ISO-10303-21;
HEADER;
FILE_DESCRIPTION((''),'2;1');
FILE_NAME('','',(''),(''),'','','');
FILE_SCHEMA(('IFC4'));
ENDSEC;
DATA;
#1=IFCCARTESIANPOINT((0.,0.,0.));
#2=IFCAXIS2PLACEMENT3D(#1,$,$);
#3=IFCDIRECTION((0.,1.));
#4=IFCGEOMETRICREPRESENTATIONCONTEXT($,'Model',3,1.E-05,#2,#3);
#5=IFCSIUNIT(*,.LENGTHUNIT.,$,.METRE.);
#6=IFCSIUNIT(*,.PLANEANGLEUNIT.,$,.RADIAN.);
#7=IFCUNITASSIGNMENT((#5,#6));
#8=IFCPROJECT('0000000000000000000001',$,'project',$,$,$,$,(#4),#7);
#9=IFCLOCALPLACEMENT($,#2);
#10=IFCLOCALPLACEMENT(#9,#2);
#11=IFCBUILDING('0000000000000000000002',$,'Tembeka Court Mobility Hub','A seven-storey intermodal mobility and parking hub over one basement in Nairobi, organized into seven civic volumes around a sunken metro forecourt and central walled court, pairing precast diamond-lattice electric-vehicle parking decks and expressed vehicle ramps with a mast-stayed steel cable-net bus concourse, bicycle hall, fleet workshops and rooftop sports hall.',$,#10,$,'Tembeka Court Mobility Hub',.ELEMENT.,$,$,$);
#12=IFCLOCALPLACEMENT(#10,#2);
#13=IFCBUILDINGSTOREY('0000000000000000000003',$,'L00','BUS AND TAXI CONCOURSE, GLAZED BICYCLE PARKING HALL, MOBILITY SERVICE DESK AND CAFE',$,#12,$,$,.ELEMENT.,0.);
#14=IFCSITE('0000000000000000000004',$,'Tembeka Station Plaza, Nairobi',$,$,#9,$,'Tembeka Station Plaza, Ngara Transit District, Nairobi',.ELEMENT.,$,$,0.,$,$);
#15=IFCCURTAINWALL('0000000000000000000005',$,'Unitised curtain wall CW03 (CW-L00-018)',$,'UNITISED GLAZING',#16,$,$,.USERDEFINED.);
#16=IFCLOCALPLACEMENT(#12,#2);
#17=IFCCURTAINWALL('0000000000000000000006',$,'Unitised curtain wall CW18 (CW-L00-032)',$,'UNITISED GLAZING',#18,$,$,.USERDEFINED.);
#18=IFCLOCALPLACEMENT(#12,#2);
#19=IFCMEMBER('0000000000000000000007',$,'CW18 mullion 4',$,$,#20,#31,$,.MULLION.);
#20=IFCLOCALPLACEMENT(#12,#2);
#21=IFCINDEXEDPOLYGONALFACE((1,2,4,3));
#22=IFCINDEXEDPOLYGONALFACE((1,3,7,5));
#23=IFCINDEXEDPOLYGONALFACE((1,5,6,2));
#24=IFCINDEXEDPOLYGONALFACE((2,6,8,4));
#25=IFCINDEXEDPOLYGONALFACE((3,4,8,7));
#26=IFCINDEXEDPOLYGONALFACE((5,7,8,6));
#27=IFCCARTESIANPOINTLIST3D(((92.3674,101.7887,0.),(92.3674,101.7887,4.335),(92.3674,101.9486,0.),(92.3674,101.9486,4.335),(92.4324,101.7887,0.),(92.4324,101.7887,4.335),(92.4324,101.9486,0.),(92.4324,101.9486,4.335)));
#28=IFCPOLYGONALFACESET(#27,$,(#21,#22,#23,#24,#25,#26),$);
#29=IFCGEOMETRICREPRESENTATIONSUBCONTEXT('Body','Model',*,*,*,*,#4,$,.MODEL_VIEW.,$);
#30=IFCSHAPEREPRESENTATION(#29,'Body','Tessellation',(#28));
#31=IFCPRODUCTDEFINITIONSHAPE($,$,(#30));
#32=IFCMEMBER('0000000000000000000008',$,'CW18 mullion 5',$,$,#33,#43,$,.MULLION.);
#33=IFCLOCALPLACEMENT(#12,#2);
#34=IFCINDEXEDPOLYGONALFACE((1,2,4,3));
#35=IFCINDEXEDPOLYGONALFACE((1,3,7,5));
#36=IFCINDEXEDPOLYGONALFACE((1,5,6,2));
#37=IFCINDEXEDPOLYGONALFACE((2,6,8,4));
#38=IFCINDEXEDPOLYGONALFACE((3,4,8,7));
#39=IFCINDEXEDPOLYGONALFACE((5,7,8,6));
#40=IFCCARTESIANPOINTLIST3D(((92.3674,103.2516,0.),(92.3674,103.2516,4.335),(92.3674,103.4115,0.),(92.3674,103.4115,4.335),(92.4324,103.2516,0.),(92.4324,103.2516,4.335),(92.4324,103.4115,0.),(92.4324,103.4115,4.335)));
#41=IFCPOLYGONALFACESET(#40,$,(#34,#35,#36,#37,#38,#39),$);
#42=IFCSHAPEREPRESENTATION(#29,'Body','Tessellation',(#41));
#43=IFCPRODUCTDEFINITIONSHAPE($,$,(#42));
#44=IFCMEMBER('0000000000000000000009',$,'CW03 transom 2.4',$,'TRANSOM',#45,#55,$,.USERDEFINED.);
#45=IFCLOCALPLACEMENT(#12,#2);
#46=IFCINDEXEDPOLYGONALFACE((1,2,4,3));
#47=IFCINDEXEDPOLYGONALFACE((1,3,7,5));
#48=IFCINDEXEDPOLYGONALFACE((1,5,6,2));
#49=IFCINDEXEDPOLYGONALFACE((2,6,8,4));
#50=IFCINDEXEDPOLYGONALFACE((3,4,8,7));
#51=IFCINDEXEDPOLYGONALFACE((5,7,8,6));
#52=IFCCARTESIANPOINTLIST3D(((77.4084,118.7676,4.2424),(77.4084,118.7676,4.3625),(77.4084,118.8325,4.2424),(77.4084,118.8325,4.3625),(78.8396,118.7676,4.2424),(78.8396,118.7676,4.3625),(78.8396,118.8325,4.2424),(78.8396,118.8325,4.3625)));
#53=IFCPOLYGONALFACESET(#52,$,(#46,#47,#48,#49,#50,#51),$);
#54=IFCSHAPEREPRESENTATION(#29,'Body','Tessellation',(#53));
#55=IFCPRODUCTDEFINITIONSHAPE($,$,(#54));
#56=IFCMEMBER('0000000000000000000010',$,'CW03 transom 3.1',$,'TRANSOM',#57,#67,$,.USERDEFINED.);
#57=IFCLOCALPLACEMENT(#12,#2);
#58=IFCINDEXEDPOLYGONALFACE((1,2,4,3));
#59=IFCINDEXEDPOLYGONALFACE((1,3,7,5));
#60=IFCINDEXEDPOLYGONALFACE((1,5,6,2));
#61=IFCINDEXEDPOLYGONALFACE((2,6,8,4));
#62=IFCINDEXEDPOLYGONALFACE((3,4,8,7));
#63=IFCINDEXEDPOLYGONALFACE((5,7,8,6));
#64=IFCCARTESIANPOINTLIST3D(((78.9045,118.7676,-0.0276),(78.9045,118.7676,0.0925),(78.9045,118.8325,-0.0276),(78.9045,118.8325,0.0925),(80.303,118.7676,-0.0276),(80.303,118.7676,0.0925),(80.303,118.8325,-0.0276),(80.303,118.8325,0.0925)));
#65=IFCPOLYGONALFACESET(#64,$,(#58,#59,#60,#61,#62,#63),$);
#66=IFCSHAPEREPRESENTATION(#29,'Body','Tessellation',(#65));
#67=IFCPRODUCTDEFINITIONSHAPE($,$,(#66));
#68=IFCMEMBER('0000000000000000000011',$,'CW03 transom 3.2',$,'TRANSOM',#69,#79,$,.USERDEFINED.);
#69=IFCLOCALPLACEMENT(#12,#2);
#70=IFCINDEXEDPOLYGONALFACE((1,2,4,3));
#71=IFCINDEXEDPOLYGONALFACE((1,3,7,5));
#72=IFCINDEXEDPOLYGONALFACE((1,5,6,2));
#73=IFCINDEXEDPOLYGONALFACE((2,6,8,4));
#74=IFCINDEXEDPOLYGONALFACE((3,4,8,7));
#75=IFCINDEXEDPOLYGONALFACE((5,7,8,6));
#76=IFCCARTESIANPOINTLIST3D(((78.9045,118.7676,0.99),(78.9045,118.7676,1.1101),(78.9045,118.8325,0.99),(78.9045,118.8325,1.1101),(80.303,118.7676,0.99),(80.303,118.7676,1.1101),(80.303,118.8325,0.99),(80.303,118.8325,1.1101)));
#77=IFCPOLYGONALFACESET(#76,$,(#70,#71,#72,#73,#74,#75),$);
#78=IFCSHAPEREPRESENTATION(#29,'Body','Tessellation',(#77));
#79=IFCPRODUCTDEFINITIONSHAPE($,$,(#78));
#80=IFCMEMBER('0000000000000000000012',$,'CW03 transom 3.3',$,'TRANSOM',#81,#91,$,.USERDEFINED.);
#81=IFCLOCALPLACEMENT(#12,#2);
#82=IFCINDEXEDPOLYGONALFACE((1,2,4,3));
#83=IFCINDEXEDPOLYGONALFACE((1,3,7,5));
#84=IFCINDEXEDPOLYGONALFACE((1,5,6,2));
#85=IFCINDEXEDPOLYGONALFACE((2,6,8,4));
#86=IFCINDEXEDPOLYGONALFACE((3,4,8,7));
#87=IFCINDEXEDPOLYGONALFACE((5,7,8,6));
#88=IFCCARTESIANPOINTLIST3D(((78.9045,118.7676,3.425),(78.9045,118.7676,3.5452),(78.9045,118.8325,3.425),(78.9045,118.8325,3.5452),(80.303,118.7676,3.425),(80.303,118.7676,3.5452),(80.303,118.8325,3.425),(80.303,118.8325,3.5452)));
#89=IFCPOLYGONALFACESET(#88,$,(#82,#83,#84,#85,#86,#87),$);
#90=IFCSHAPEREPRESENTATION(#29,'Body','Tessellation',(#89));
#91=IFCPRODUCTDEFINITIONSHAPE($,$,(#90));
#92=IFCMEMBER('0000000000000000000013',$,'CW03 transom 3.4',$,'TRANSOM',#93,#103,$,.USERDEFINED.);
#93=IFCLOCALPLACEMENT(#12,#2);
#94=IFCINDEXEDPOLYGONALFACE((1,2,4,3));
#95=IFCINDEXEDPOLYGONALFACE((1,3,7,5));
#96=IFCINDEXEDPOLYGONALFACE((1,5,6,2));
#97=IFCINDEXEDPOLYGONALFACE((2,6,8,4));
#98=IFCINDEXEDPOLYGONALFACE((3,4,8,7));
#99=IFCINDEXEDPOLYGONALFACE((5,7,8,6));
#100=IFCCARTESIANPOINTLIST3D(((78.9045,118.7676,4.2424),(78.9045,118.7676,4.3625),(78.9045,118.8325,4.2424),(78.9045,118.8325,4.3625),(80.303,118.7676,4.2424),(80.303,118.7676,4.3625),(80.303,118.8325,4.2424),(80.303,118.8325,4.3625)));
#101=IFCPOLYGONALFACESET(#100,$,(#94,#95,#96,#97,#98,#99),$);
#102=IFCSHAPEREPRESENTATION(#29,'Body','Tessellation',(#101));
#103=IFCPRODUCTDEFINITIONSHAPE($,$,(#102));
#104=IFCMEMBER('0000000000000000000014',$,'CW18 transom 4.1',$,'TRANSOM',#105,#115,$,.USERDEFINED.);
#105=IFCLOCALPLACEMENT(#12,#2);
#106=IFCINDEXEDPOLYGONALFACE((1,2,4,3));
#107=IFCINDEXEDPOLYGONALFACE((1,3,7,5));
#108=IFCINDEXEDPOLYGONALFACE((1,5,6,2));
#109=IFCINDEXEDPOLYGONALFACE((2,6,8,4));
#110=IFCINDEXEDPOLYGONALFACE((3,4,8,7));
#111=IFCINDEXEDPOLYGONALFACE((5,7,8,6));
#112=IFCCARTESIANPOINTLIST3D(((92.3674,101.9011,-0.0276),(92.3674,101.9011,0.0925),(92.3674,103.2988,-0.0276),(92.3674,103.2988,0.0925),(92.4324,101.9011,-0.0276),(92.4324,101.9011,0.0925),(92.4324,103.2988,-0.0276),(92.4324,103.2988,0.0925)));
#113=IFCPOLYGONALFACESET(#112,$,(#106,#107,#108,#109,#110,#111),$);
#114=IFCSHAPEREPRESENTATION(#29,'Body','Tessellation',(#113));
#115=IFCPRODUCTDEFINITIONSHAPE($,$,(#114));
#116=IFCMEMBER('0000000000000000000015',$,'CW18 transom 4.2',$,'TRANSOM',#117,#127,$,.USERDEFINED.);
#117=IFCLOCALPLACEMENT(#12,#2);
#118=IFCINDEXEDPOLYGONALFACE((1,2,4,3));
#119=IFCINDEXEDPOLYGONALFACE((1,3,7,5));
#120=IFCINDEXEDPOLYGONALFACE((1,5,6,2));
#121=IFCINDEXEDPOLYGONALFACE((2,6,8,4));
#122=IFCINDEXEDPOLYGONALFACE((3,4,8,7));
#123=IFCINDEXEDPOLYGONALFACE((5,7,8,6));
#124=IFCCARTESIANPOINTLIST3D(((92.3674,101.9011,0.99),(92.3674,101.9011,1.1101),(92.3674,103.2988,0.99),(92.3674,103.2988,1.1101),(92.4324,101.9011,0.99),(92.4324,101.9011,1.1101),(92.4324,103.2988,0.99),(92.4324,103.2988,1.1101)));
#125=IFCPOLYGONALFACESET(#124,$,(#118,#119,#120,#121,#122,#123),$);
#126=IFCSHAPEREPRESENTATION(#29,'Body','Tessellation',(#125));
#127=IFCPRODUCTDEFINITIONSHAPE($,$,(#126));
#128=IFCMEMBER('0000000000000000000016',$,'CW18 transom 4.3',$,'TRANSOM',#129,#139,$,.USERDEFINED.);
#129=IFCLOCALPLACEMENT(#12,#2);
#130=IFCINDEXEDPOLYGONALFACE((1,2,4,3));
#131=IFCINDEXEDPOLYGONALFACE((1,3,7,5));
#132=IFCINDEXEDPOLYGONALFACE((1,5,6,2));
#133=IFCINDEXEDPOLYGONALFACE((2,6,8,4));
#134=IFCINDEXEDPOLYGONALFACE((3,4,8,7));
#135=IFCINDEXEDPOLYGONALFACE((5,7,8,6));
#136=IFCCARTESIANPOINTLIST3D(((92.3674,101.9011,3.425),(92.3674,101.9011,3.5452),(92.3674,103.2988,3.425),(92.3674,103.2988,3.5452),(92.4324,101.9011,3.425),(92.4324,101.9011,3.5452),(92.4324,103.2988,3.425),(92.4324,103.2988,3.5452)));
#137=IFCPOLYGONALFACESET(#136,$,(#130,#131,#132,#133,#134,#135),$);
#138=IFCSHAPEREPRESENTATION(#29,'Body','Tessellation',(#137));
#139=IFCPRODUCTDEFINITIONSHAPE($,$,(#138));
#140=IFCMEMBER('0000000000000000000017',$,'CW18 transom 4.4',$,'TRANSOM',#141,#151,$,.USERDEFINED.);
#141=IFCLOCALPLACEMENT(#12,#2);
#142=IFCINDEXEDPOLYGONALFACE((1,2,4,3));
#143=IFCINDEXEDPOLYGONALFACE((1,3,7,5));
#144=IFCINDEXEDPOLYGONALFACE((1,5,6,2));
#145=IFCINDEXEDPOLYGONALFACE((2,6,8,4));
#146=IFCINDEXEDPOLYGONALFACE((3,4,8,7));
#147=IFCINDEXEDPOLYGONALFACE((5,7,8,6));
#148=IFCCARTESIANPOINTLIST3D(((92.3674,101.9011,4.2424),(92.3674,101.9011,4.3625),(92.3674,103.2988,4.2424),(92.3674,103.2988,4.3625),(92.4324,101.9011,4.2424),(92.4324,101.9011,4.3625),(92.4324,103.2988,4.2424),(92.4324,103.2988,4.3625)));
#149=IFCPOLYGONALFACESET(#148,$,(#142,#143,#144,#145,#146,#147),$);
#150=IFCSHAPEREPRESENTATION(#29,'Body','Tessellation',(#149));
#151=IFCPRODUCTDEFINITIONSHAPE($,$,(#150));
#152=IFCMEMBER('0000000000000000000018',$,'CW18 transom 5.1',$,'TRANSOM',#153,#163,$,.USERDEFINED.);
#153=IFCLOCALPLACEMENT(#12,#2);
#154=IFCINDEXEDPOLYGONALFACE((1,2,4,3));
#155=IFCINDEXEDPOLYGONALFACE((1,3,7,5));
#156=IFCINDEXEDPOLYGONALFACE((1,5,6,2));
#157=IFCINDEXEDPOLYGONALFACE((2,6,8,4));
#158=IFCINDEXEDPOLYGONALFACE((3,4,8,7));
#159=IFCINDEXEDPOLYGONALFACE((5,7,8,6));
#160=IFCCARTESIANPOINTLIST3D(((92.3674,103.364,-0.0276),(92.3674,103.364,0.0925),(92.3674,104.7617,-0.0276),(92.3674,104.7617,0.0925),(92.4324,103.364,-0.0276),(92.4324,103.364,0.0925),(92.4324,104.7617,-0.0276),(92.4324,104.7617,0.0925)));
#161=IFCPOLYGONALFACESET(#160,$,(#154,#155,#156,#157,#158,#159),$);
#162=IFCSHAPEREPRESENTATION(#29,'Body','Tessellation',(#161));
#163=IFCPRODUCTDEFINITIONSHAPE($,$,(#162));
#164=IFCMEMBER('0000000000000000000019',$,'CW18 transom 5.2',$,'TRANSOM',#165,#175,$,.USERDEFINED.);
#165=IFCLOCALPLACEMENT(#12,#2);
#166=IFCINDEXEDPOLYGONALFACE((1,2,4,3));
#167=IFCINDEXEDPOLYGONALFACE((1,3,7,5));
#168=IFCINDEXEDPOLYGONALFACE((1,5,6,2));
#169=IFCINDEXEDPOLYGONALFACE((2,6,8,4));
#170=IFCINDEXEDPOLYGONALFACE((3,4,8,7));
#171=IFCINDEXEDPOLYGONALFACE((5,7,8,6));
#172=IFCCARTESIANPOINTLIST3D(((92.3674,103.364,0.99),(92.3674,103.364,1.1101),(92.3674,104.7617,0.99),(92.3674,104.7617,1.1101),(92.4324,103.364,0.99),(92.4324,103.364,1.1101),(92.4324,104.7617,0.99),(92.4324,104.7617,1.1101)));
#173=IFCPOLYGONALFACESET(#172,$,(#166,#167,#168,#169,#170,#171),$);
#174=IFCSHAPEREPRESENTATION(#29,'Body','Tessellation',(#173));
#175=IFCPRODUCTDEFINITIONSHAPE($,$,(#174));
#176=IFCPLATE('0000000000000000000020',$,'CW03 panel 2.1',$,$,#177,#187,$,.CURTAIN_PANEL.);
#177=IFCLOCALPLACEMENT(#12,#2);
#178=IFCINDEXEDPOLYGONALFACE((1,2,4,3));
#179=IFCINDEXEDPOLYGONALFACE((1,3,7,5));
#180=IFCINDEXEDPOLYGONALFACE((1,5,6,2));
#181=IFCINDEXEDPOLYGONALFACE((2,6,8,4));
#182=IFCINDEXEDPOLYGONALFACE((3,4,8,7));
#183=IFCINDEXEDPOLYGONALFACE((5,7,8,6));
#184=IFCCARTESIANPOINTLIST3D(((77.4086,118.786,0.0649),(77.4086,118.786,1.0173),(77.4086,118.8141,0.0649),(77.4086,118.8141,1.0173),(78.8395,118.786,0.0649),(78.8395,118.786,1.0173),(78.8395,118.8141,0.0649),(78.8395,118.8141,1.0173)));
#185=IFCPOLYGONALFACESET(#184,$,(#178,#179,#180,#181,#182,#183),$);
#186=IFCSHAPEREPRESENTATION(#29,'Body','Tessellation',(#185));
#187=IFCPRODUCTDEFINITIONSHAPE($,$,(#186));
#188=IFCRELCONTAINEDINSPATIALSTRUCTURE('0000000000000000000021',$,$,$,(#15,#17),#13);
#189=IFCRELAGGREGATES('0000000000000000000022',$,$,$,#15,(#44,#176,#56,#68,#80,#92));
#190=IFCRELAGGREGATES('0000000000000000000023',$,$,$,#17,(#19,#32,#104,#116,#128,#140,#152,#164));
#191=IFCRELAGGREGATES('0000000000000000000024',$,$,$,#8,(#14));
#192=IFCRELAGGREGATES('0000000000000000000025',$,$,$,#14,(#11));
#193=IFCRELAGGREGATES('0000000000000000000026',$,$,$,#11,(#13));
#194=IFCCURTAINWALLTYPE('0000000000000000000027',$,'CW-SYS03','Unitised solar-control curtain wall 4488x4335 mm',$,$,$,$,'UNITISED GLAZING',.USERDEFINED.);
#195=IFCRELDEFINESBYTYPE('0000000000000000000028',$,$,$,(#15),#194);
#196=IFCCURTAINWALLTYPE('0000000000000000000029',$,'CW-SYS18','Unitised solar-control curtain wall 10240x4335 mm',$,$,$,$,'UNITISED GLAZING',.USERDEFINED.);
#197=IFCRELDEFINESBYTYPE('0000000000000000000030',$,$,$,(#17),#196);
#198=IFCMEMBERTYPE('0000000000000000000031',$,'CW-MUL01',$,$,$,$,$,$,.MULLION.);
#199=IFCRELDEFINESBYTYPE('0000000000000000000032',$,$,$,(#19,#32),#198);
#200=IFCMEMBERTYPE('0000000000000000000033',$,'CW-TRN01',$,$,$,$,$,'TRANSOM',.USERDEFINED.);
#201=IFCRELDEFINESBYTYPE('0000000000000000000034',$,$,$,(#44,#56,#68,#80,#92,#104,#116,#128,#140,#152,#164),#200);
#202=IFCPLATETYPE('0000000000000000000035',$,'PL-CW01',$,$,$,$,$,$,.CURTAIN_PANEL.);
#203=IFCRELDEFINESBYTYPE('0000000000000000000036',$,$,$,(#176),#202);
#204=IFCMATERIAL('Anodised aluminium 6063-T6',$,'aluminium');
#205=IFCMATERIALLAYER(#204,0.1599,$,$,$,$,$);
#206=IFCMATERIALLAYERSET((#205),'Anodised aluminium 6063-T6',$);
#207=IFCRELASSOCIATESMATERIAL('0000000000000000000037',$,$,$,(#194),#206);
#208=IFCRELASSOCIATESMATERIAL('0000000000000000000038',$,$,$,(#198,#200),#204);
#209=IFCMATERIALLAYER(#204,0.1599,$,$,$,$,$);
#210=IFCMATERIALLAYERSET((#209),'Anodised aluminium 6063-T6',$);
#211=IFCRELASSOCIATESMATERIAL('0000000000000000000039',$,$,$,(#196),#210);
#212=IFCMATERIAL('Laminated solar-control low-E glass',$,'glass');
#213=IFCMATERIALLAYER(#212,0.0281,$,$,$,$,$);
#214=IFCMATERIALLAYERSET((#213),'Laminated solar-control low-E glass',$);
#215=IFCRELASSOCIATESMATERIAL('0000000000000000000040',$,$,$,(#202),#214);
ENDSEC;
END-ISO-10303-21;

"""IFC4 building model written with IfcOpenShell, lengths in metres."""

from ifc_helpers import new_model, si_unit, direction, frame, origin, origin_2d, place, context, subcontext, project, spatial, rectangle, extrude, material, layer, layer_set, material_profile, profile_set, type_object, element, aggregate, save


model = new_model("IFC4")

# Units and contexts
model_context = context("Model", 3, precision=1e-05, world=origin(), true_north=direction((0.0, 1.0)))
body_context = subcontext(model_context, "Body", "Model", "MODEL_VIEW")
ifc_project = project(units=[si_unit("LENGTHUNIT", "METRE"), si_unit("PLANEANGLEUNIT", "RADIAN")], contexts=[model_context])

# Site, building, storey
site_placement = place(None, origin())
site = spatial("IfcSite", under=ifc_project, at=site_placement, Name="Tembeka Station Plaza, Nairobi", LongName="Tembeka Station Plaza, Ngara Transit District, Nairobi", CompositionType="ELEMENT", RefElevation=0.0)
building_placement = place(site_placement, origin())
building = spatial("IfcBuilding", under=site, at=building_placement, Name="Tembeka Court Mobility Hub", Description="A seven-storey intermodal mobility and parking hub over one basement in Nairobi, organized into seven civic volumes around a sunken metro forecourt and central walled court, pairing precast diamond-lattice electric-vehicle parking decks and expressed vehicle ramps with a mast-stayed steel cable-net bus concourse, bicycle hall, fleet workshops and rooftop sports hall.", LongName="Tembeka Court Mobility Hub", CompositionType="ELEMENT")
storey_placement = place(building_placement, origin())
storey = spatial("IfcBuildingStorey", under=building, at=storey_placement, Name="L00", Description="BUS AND TAXI CONCOURSE, GLAZED BICYCLE PARKING HALL, MOBILITY SERVICE DESK AND CAFE", CompositionType="ELEMENT", Elevation=0.0)

# Curtain wall
ifc_material_1 = material(Name="Anodised aluminium 6063-T6", Category="aluminium")
ifc_layer_1 = layer(ifc_material_1, 0.1599)
ifc_layer_set_1 = layer_set([ifc_layer_1], Name="Anodised aluminium 6063-T6")
curtain_wall_type_1 = type_object("IfcCurtainWallType", Name="CW-SYS03", Description="Unitised solar-control curtain wall 4488x4335 mm", ElementType="UNITISED GLAZING", PredefinedType="USERDEFINED", material=ifc_layer_set_1)
curtain_wall_1_placement = place(storey_placement, origin())
curtain_wall_1 = element("IfcCurtainWall", 1, at=curtain_wall_1_placement, inside=storey, type_object=curtain_wall_type_1, Name="Unitised curtain wall CW03 (CW-L00-018)", ObjectType="UNITISED GLAZING", PredefinedType="USERDEFINED")
ifc_material_profile_1 = material_profile(ifc_material_1, rectangle(XDim=0.0649, YDim=0.1599, at=origin_2d()), Name="ALU-MUL 65x160")
ifc_profile_set_1 = profile_set([ifc_material_profile_1], Name="Anodised aluminium 6063-T6")
member_type_1 = type_object("IfcMemberType", Name="CW-MUL01", PredefinedType="MULLION", material=ifc_profile_set_1)

# Curtain wall, members
ifc_layer_2 = layer(ifc_material_1, 0.1599)
ifc_layer_set_2 = layer_set([ifc_layer_2], Name="Anodised aluminium 6063-T6")
curtain_wall_type_2 = type_object("IfcCurtainWallType", Name="CW-SYS18", Description="Unitised solar-control curtain wall 10240x4335 mm", ElementType="UNITISED GLAZING", PredefinedType="USERDEFINED", material=ifc_layer_set_2)
curtain_wall_2_placement = place(storey_placement, origin())
curtain_wall_2 = element("IfcCurtainWall", 2, at=curtain_wall_2_placement, inside=storey, type_object=curtain_wall_type_2, Name="Unitised curtain wall CW18 (CW-L00-032)", ObjectType="UNITISED GLAZING", PredefinedType="USERDEFINED")
member_1_placement = place(storey_placement, frame((92.3999, 101.8687, 0.0), z_axis=(0.0, 0.0, 1.0), x_axis=(-1.0, 0.0, 0.0)))
member_1 = element("IfcMember", 3, at=member_1_placement, type_object=member_type_1, Name="CW18 mullion 4", PredefinedType="MULLION", context=body_context, shape_type="SweptSolid", body=[
    extrude(rectangle(XDim=0.0649, YDim=0.1599, at=origin_2d()), origin(), (0.0, 0.0, 1.0), 4.335),
])
member_2_placement = place(storey_placement, frame((92.3999, 103.3315, 0.0), z_axis=(0.0, 0.0, 1.0), x_axis=(-1.0, 0.0, 0.0)))
member_2 = element("IfcMember", 4, at=member_2_placement, type_object=member_type_1, Name="CW18 mullion 5", PredefinedType="MULLION", context=body_context, shape_type="SweptSolid", body=[
    extrude(rectangle(XDim=0.0649, YDim=0.1599, at=origin_2d()), origin(), (0.0, 0.0, 1.0), 4.335),
])

# Members
ifc_material_profile_2 = material_profile(ifc_material_1, rectangle(XDim=0.0649, YDim=0.1201, at=origin_2d()), Name="ALU-TRN 65x120")
ifc_profile_set_2 = profile_set([ifc_material_profile_2], Name="Anodised aluminium 6063-T6")
member_type_2 = type_object("IfcMemberType", Name="CW-TRN01", ElementType="TRANSOM", PredefinedType="USERDEFINED", material=ifc_profile_set_2)
member_3_placement = place(storey_placement, frame((77.4084, 118.8, 4.3025), z_axis=(1.0, 0.0, 0.0), x_axis=(0.0, 1.0, 0.0)))
member_3 = element("IfcMember", 5, at=member_3_placement, type_object=member_type_2, Name="CW03 transom 2.4", ObjectType="TRANSOM", PredefinedType="USERDEFINED", context=body_context, shape_type="SweptSolid", body=[
    extrude(rectangle(XDim=0.0649, YDim=0.1201, at=origin_2d()), origin(), (0.0, 0.0, 1.0), 1.4312),
])
member_4_placement = place(storey_placement, frame((78.9045, 118.8, 0.0325), z_axis=(1.0, 0.0, 0.0), x_axis=(0.0, 1.0, 0.0)))
member_4 = element("IfcMember", 6, at=member_4_placement, type_object=member_type_2, Name="CW03 transom 3.1", ObjectType="TRANSOM", PredefinedType="USERDEFINED", context=body_context, shape_type="SweptSolid", body=[
    extrude(rectangle(XDim=0.0649, YDim=0.1201, at=origin_2d()), origin(), (0.0, 0.0, 1.0), 1.3984),
])
member_5_placement = place(storey_placement, frame((78.9045, 118.8, 1.05), z_axis=(1.0, 0.0, 0.0), x_axis=(0.0, 1.0, 0.0)))
member_5 = element("IfcMember", 7, at=member_5_placement, type_object=member_type_2, Name="CW03 transom 3.2", ObjectType="TRANSOM", PredefinedType="USERDEFINED", context=body_context, shape_type="SweptSolid", body=[
    extrude(rectangle(XDim=0.0649, YDim=0.1201, at=origin_2d()), origin(), (0.0, 0.0, 1.0), 1.3984),
])
member_6_placement = place(storey_placement, frame((78.9045, 118.8, 3.4851), z_axis=(1.0, 0.0, 0.0), x_axis=(0.0, 1.0, 0.0)))
member_6 = element("IfcMember", 8, at=member_6_placement, type_object=member_type_2, Name="CW03 transom 3.3", ObjectType="TRANSOM", PredefinedType="USERDEFINED", context=body_context, shape_type="SweptSolid", body=[
    extrude(rectangle(XDim=0.0649, YDim=0.1201, at=origin_2d()), origin(), (0.0, 0.0, 1.0), 1.3984),
])
member_7_placement = place(storey_placement, frame((78.9045, 118.8, 4.3025), z_axis=(1.0, 0.0, 0.0), x_axis=(0.0, 1.0, 0.0)))
member_7 = element("IfcMember", 9, at=member_7_placement, type_object=member_type_2, Name="CW03 transom 3.4", ObjectType="TRANSOM", PredefinedType="USERDEFINED", context=body_context, shape_type="SweptSolid", body=[
    extrude(rectangle(XDim=0.0649, YDim=0.1201, at=origin_2d()), origin(), (0.0, 0.0, 1.0), 1.3984),
])
member_8_placement = place(storey_placement, frame((92.3999, 101.9011, 0.0325), z_axis=(0.0, 1.0, 0.0), x_axis=(-1.0, 0.0, 0.0)))
member_8 = element("IfcMember", 10, at=member_8_placement, type_object=member_type_2, Name="CW18 transom 4.1", ObjectType="TRANSOM", PredefinedType="USERDEFINED", context=body_context, shape_type="SweptSolid", body=[
    extrude(rectangle(XDim=0.0649, YDim=0.1201, at=origin_2d()), origin(), (0.0, 0.0, 1.0), 1.3977),
])
member_9_placement = place(storey_placement, frame((92.3999, 101.9011, 1.05), z_axis=(0.0, 1.0, 0.0), x_axis=(-1.0, 0.0, 0.0)))
member_9 = element("IfcMember", 11, at=member_9_placement, type_object=member_type_2, Name="CW18 transom 4.2", ObjectType="TRANSOM", PredefinedType="USERDEFINED", context=body_context, shape_type="SweptSolid", body=[
    extrude(rectangle(XDim=0.0649, YDim=0.1201, at=origin_2d()), origin(), (0.0, 0.0, 1.0), 1.3977),
])
member_10_placement = place(storey_placement, frame((92.3999, 101.9011, 3.4851), z_axis=(0.0, 1.0, 0.0), x_axis=(-1.0, 0.0, 0.0)))
member_10 = element("IfcMember", 12, at=member_10_placement, type_object=member_type_2, Name="CW18 transom 4.3", ObjectType="TRANSOM", PredefinedType="USERDEFINED", context=body_context, shape_type="SweptSolid", body=[
    extrude(rectangle(XDim=0.0649, YDim=0.1201, at=origin_2d()), origin(), (0.0, 0.0, 1.0), 1.3977),
])
member_11_placement = place(storey_placement, frame((92.3999, 101.9011, 4.3025), z_axis=(0.0, 1.0, 0.0), x_axis=(-1.0, 0.0, 0.0)))
member_11 = element("IfcMember", 13, at=member_11_placement, type_object=member_type_2, Name="CW18 transom 4.4", ObjectType="TRANSOM", PredefinedType="USERDEFINED", context=body_context, shape_type="SweptSolid", body=[
    extrude(rectangle(XDim=0.0649, YDim=0.1201, at=origin_2d()), origin(), (0.0, 0.0, 1.0), 1.3977),
])
member_12_placement = place(storey_placement, frame((92.3999, 103.364, 0.0325), z_axis=(0.0, 1.0, 0.0), x_axis=(-1.0, 0.0, 0.0)))
member_12 = element("IfcMember", 14, at=member_12_placement, type_object=member_type_2, Name="CW18 transom 5.1", ObjectType="TRANSOM", PredefinedType="USERDEFINED", context=body_context, shape_type="SweptSolid", body=[
    extrude(rectangle(XDim=0.0649, YDim=0.1201, at=origin_2d()), origin(), (0.0, 0.0, 1.0), 1.3977),
])
member_13_placement = place(storey_placement, frame((92.3999, 103.364, 1.05), z_axis=(0.0, 1.0, 0.0), x_axis=(-1.0, 0.0, 0.0)))
member_13 = element("IfcMember", 15, at=member_13_placement, type_object=member_type_2, Name="CW18 transom 5.2", ObjectType="TRANSOM", PredefinedType="USERDEFINED", context=body_context, shape_type="SweptSolid", body=[
    extrude(rectangle(XDim=0.0649, YDim=0.1201, at=origin_2d()), origin(), (0.0, 0.0, 1.0), 1.3977),
])

# Plate
ifc_material_2 = material(Name="Laminated solar-control low-E glass", Category="glass")
ifc_layer_3 = layer(ifc_material_2, 0.0281)
ifc_layer_set_3 = layer_set([ifc_layer_3], Name="Laminated solar-control low-E glass")
plate_type_1 = type_object("IfcPlateType", Name="PL-CW01", PredefinedType="CURTAIN_PANEL", material=ifc_layer_set_3)
plate_1_placement = place(storey_placement, frame((78.124, 118.8, 0.0649), z_axis=(0.0, 0.0, 1.0), x_axis=(1.0, 0.0, 0.0)))
plate_1 = element("IfcPlate", 16, at=plate_1_placement, type_object=plate_type_1, Name="CW03 panel 2.1", PredefinedType="CURTAIN_PANEL", context=body_context, shape_type="SweptSolid", body=[
    extrude(rectangle(XDim=1.4309, YDim=0.0281, at=origin_2d()), origin(), (0.0, 0.0, 1.0), 0.9524),
])
aggregate(curtain_wall_1, [member_3, plate_1, member_4, member_5, member_6, member_7])
aggregate(curtain_wall_2, [member_1, member_2, member_8, member_9, member_10, member_11, member_12, member_13])

save(model, "model.ifc")
